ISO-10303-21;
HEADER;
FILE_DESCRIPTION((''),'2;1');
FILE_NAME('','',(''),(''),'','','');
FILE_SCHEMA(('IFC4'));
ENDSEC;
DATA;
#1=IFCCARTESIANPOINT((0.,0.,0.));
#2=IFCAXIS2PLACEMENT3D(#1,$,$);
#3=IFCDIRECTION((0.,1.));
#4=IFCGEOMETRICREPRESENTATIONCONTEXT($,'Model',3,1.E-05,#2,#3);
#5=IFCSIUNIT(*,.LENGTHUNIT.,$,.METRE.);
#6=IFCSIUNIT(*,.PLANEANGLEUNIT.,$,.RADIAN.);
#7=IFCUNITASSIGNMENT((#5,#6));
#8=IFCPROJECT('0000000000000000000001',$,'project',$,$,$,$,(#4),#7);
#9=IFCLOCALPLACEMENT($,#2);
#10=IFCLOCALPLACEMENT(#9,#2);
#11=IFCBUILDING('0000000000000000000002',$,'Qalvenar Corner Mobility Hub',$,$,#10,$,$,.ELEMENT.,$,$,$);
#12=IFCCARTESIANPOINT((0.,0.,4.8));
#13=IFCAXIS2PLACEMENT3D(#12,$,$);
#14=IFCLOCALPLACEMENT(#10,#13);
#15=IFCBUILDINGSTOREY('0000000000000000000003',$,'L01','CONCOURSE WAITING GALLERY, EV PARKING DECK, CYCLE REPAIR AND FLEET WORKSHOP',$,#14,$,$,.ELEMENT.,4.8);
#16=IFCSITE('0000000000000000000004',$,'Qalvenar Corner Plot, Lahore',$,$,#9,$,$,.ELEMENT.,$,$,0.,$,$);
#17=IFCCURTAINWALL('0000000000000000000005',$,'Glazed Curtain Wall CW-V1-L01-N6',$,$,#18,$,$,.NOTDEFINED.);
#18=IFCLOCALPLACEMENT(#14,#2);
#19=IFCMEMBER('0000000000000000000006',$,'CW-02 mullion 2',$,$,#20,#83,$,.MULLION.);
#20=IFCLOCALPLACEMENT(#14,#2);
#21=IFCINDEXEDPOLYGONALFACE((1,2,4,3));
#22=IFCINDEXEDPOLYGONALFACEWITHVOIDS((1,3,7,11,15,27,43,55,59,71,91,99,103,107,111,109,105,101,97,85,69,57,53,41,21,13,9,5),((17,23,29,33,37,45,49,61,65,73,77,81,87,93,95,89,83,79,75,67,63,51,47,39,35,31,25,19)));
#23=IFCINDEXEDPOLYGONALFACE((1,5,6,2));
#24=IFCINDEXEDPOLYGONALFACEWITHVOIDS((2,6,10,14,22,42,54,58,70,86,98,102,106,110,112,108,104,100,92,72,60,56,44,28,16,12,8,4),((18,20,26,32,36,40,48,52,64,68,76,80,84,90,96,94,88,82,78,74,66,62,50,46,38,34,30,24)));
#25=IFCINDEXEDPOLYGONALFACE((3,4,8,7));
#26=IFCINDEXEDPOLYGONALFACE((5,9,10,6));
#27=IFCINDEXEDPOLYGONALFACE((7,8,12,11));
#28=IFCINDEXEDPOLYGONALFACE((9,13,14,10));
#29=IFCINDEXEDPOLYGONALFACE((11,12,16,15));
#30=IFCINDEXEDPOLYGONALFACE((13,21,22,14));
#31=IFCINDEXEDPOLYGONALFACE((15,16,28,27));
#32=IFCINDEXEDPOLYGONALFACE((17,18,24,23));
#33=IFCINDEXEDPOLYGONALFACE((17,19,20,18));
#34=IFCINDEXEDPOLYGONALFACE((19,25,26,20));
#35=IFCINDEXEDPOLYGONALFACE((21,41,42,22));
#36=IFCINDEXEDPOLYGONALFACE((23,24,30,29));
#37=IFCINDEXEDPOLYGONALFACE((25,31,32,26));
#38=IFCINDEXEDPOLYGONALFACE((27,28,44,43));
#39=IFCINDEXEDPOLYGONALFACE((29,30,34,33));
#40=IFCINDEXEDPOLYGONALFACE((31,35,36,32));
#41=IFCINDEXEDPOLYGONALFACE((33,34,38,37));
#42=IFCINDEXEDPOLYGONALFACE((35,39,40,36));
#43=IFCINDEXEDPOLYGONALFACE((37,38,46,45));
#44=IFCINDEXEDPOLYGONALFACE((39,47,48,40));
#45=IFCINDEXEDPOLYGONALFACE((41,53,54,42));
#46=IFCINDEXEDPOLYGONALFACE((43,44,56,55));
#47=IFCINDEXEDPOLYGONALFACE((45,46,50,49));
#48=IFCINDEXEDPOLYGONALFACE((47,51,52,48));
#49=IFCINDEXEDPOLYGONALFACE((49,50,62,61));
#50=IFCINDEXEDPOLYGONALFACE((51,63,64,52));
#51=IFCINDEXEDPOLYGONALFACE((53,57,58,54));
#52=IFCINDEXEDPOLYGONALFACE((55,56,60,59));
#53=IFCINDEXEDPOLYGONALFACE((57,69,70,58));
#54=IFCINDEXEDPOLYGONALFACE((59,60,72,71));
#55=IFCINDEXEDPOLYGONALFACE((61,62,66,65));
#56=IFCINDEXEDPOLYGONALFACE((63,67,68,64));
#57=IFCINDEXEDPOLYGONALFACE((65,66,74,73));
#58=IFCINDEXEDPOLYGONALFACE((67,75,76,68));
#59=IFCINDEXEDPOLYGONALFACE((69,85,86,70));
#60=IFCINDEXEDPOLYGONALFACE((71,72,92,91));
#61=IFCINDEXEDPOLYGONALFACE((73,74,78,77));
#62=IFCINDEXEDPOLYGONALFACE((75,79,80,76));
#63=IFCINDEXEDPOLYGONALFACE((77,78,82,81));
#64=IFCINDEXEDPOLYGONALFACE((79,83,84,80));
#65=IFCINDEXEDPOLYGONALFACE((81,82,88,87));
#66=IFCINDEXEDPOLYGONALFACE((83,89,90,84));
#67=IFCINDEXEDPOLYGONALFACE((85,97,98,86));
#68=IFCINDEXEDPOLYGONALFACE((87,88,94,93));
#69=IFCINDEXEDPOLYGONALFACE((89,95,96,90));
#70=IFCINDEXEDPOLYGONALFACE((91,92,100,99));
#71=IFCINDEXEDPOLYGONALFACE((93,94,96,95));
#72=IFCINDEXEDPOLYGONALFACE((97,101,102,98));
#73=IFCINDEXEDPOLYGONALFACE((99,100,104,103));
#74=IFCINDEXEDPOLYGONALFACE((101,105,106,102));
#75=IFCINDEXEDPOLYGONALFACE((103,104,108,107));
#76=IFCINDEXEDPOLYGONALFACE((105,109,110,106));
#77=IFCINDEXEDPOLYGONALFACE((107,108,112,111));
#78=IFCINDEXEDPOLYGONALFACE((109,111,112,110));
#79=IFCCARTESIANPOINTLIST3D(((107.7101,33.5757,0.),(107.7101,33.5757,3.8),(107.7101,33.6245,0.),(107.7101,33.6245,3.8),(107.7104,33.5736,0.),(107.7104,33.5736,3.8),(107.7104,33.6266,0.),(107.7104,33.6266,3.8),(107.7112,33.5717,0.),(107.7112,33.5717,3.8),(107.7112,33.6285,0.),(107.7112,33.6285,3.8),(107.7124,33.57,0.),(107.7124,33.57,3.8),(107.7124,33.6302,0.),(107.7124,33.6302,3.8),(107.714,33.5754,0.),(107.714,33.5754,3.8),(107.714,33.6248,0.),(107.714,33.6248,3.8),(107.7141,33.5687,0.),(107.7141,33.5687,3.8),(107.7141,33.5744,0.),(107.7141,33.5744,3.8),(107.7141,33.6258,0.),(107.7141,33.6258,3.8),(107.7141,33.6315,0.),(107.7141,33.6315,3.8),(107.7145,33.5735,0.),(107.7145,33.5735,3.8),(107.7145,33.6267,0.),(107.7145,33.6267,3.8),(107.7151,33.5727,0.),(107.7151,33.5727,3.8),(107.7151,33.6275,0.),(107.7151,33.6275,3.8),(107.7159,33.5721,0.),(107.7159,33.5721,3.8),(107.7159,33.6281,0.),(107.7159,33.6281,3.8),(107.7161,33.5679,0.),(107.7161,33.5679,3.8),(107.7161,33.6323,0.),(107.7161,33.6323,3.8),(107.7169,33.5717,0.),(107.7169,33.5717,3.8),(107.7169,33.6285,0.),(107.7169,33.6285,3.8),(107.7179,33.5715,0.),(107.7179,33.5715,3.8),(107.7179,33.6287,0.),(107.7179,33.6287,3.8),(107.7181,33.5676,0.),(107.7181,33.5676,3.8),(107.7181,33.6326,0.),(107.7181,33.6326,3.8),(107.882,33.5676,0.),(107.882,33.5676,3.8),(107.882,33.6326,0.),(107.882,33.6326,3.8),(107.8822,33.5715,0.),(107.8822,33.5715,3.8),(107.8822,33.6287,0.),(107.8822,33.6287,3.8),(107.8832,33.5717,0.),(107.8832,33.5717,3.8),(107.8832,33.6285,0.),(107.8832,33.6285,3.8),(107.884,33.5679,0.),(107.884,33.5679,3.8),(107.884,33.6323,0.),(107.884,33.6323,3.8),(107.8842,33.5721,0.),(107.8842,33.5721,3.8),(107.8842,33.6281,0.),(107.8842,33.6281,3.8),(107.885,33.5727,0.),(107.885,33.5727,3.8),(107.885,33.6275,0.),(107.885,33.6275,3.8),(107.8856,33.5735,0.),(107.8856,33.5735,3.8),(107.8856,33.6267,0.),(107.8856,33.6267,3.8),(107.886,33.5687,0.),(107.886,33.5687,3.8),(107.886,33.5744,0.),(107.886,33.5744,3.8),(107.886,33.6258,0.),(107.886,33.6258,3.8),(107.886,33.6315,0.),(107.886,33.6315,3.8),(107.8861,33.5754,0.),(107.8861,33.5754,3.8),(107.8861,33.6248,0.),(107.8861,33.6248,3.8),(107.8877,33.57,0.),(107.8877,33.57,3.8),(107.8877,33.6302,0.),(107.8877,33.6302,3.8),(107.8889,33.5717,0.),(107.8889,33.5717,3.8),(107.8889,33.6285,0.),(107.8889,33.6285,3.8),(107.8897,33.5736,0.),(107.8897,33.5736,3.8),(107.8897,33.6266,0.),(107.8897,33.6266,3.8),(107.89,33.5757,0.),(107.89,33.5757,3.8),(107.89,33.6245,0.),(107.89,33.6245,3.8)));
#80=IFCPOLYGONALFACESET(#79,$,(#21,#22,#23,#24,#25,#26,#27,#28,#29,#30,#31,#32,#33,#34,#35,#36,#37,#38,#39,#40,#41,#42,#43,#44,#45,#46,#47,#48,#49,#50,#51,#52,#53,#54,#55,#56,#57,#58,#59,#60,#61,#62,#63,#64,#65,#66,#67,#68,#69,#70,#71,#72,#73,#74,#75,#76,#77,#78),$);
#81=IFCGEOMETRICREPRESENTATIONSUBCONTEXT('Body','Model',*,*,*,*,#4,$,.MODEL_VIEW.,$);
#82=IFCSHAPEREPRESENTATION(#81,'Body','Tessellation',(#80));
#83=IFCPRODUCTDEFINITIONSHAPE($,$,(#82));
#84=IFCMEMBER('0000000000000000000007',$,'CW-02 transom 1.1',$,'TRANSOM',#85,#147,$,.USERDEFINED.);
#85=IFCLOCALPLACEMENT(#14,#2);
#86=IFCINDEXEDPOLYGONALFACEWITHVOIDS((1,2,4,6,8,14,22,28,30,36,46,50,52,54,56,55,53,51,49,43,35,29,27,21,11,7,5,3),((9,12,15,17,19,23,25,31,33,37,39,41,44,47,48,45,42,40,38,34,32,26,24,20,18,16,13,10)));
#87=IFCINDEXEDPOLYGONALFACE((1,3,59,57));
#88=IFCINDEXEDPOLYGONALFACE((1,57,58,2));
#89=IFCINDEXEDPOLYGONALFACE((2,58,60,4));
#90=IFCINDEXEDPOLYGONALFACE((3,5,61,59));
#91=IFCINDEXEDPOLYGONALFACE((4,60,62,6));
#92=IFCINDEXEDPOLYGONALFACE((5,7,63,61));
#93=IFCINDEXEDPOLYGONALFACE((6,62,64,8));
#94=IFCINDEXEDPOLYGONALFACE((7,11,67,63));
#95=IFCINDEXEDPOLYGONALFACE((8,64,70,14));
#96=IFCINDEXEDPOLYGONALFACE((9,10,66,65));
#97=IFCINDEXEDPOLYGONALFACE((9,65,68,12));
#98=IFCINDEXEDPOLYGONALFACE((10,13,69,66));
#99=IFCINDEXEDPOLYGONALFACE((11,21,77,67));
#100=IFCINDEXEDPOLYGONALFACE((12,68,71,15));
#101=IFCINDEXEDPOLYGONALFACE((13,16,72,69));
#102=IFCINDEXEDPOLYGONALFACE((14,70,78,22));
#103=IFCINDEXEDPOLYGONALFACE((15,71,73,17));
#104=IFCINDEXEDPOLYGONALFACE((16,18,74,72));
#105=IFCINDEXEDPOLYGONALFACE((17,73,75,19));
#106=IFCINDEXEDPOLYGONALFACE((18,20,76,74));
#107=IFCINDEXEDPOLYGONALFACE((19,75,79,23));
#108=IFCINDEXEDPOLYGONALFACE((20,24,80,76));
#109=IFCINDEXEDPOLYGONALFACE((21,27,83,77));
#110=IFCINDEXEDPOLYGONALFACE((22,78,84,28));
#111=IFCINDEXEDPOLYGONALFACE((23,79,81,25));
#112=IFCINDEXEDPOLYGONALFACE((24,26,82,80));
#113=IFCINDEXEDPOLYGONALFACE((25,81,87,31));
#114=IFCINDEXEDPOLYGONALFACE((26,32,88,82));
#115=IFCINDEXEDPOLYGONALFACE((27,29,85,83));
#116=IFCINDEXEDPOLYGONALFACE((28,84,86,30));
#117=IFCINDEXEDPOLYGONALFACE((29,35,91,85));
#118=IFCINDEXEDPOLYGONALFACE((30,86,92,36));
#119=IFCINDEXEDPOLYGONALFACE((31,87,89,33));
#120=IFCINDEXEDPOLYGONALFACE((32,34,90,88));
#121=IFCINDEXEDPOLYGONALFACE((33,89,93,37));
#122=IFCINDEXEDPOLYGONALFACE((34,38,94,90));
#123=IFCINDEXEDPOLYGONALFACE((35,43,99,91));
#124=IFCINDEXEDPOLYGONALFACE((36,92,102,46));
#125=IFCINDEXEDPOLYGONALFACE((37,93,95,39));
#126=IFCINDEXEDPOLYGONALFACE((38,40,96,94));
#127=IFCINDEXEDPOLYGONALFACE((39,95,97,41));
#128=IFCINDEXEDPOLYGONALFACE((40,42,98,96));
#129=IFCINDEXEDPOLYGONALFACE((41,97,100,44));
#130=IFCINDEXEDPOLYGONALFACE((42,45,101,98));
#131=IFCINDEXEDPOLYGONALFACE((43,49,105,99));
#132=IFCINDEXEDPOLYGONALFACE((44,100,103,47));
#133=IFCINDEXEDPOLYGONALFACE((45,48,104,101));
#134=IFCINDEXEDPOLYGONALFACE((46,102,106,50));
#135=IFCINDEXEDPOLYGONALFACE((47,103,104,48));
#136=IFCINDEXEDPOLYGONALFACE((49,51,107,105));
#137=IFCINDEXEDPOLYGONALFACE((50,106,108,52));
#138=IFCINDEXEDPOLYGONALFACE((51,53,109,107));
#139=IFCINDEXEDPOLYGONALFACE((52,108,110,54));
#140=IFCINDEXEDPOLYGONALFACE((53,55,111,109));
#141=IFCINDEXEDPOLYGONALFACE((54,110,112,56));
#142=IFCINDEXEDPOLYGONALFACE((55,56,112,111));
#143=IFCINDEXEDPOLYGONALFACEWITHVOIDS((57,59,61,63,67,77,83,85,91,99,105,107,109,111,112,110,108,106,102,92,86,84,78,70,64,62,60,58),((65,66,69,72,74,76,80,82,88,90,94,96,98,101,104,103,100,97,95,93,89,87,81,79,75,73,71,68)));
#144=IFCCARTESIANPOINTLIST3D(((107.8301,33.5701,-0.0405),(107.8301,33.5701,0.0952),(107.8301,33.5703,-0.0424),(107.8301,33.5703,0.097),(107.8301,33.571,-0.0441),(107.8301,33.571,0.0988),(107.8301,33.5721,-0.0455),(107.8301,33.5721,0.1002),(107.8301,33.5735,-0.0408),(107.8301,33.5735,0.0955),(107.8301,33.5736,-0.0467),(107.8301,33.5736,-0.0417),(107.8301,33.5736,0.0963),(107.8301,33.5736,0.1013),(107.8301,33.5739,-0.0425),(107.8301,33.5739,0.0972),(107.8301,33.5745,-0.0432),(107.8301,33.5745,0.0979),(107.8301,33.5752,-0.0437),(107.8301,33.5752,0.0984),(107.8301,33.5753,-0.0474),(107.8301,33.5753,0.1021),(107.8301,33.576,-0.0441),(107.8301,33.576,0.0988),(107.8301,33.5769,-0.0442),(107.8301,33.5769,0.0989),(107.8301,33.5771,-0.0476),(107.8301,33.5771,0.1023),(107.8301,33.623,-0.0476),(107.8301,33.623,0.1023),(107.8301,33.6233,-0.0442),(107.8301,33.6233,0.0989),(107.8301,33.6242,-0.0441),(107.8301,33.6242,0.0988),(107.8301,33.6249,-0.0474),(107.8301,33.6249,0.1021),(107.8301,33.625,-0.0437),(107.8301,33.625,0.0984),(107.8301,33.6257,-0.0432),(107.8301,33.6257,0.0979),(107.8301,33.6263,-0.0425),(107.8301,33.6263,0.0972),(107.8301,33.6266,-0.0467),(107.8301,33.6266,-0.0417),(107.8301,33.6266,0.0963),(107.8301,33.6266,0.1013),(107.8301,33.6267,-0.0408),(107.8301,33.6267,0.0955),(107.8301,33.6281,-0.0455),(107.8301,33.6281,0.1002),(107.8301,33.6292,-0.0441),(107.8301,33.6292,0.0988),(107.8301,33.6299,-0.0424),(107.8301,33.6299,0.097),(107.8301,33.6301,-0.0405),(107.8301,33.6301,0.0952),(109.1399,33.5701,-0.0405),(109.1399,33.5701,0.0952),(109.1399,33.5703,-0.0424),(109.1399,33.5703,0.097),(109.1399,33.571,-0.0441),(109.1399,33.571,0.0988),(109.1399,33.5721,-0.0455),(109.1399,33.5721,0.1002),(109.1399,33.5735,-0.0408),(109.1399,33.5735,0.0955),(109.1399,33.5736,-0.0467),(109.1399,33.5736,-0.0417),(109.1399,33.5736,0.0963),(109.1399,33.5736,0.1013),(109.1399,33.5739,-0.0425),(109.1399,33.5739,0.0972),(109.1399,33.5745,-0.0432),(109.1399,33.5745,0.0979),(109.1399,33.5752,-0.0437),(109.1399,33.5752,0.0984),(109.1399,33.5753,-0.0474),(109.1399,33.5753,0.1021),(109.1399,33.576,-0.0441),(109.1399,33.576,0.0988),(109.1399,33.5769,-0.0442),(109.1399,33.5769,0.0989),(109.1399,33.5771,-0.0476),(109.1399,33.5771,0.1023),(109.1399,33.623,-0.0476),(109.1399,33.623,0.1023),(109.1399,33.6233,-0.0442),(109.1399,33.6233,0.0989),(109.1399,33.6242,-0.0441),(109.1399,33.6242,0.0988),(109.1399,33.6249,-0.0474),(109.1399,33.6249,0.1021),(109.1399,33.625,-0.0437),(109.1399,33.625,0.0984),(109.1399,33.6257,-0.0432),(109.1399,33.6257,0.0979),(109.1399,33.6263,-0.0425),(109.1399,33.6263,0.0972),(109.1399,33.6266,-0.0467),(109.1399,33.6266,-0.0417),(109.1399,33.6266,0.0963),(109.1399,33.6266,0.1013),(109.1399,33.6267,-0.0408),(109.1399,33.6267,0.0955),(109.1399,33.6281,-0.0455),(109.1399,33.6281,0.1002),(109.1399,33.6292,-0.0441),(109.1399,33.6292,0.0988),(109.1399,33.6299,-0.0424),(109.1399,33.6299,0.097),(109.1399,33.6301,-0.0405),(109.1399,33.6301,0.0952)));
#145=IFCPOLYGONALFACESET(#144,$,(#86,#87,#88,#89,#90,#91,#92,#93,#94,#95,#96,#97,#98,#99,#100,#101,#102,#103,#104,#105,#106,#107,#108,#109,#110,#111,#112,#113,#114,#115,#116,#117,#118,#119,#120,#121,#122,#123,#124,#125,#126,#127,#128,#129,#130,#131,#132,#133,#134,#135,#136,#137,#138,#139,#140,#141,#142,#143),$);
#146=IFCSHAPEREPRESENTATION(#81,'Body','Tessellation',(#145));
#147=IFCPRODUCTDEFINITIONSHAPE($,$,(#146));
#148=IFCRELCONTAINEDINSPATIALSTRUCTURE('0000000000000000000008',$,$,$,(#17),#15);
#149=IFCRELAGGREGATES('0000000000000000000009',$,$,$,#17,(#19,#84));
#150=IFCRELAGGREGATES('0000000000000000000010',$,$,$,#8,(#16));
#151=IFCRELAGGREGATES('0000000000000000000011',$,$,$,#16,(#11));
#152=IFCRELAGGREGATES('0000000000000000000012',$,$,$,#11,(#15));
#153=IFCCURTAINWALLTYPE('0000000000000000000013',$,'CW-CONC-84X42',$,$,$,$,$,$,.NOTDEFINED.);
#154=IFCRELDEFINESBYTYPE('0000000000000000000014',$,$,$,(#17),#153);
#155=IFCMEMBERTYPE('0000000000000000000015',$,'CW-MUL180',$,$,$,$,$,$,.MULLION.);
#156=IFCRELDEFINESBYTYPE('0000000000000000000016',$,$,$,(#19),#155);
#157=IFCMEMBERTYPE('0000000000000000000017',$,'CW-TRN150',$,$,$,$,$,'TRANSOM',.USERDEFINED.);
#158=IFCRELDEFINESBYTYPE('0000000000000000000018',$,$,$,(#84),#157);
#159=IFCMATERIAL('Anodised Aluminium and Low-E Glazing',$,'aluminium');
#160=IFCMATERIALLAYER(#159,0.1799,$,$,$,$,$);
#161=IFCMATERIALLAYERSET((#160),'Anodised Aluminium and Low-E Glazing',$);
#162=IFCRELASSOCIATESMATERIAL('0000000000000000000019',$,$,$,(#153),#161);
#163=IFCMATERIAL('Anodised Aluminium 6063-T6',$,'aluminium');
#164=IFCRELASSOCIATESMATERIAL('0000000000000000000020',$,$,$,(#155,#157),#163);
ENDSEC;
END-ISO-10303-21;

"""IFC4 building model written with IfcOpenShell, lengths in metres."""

from ifc_helpers import new_model, si_unit, direction, frame, origin, origin_2d, place, context, subcontext, project, spatial, hollow_rectangle, extrude, material, layer, layer_set, material_profile, profile_set, type_object, element, aggregate, save


model = new_model("IFC4")

# Units and contexts
model_context = context("Model", 3, precision=1e-05, world=origin(), true_north=direction((0.0, 1.0)))
body_context = subcontext(model_context, "Body", "Model", "MODEL_VIEW")
ifc_project = project(units=[si_unit("LENGTHUNIT", "METRE"), si_unit("PLANEANGLEUNIT", "RADIAN")], contexts=[model_context])

# Site, building, storey
site_placement = place(None, origin())
site = spatial("IfcSite", under=ifc_project, at=site_placement, Name="Qalvenar Corner Plot, Lahore", CompositionType="ELEMENT", RefElevation=0.0)
building_placement = place(site_placement, origin())
building = spatial("IfcBuilding", under=site, at=building_placement, Name="Qalvenar Corner Mobility Hub", CompositionType="ELEMENT")
storey_placement = place(building_placement, frame((0.0, 0.0, 4.8)))
storey = spatial("IfcBuildingStorey", under=building, at=storey_placement, Name="L01", Description="CONCOURSE WAITING GALLERY, EV PARKING DECK, CYCLE REPAIR AND FLEET WORKSHOP", CompositionType="ELEMENT", Elevation=4.8)

# Shared definitions
ifc_material_1 = material(Name="Anodised Aluminium and Low-E Glazing", Category="aluminium")
ifc_material_2 = material(Name="Anodised Aluminium 6063-T6", Category="aluminium")

# Curtain wall, members
ifc_layer_1 = layer(ifc_material_1, 0.1799)
ifc_layer_set_1 = layer_set([ifc_layer_1], Name="Anodised Aluminium and Low-E Glazing")
curtain_wall_type_1 = type_object("IfcCurtainWallType", Name="CW-CONC-84X42", PredefinedType="NOTDEFINED", material=ifc_layer_set_1)
curtain_wall_1_placement = place(storey_placement, origin())
curtain_wall_1 = element("IfcCurtainWall", 1, at=curtain_wall_1_placement, inside=storey, type_object=curtain_wall_type_1, Name="Glazed Curtain Wall CW-V1-L01-N6", PredefinedType="NOTDEFINED")
ifc_material_profile_1 = material_profile(ifc_material_2, hollow_rectangle(XDim=0.0649, YDim=0.1799, WallThickness=0.0039, InnerFilletRadius=0.0039, OuterFilletRadius=0.0081, at=origin_2d()), Name="RHS180x65x4")
ifc_profile_set_1 = profile_set([ifc_material_profile_1], Name="Anodised Aluminium 6063-T6")
member_type_1 = type_object("IfcMemberType", Name="CW-MUL180", PredefinedType="MULLION", material=ifc_profile_set_1)
member_1_placement = place(storey_placement, frame((107.8, 33.6001, 0.0), z_axis=(0.0, 0.0, 1.0), x_axis=(0.0, -1.0, 0.0)))
member_1 = element("IfcMember", 2, at=member_1_placement, type_object=member_type_1, Name="CW-02 mullion 2", PredefinedType="MULLION", context=body_context, shape_type="SweptSolid", body=[
    extrude(hollow_rectangle(XDim=0.0649, YDim=0.1799, WallThickness=0.0039, InnerFilletRadius=0.0039, OuterFilletRadius=0.0081, at=origin_2d()), origin(), (0.0, 0.0, 1.0), 3.8),
])
ifc_material_profile_2 = material_profile(ifc_material_2, hollow_rectangle(XDim=0.0601, YDim=0.1499, WallThickness=0.0034, InnerFilletRadius=0.0034, OuterFilletRadius=0.0071, at=origin_2d()), Name="RHS150x60x3.5")
ifc_profile_set_2 = profile_set([ifc_material_profile_2], Name="Anodised Aluminium 6063-T6")
member_type_2 = type_object("IfcMemberType", Name="CW-TRN150", ElementType="TRANSOM", PredefinedType="USERDEFINED", material=ifc_profile_set_2)
member_2_placement = place(storey_placement, frame((109.1399, 33.6001, 0.0273), z_axis=(-1.0, 0.0, 0.0), x_axis=(0.0, -1.0, 0.0)))
member_2 = element("IfcMember", 3, at=member_2_placement, type_object=member_type_2, Name="CW-02 transom 1.1", ObjectType="TRANSOM", PredefinedType="USERDEFINED", context=body_context, shape_type="SweptSolid", body=[
    extrude(hollow_rectangle(XDim=0.0601, YDim=0.1499, WallThickness=0.0034, InnerFilletRadius=0.0034, OuterFilletRadius=0.0071, at=origin_2d()), origin(), (0.0, 0.0, 1.0), 1.3098),
])
aggregate(curtain_wall_1, [member_1, member_2])

save(model, "model.ifc")
